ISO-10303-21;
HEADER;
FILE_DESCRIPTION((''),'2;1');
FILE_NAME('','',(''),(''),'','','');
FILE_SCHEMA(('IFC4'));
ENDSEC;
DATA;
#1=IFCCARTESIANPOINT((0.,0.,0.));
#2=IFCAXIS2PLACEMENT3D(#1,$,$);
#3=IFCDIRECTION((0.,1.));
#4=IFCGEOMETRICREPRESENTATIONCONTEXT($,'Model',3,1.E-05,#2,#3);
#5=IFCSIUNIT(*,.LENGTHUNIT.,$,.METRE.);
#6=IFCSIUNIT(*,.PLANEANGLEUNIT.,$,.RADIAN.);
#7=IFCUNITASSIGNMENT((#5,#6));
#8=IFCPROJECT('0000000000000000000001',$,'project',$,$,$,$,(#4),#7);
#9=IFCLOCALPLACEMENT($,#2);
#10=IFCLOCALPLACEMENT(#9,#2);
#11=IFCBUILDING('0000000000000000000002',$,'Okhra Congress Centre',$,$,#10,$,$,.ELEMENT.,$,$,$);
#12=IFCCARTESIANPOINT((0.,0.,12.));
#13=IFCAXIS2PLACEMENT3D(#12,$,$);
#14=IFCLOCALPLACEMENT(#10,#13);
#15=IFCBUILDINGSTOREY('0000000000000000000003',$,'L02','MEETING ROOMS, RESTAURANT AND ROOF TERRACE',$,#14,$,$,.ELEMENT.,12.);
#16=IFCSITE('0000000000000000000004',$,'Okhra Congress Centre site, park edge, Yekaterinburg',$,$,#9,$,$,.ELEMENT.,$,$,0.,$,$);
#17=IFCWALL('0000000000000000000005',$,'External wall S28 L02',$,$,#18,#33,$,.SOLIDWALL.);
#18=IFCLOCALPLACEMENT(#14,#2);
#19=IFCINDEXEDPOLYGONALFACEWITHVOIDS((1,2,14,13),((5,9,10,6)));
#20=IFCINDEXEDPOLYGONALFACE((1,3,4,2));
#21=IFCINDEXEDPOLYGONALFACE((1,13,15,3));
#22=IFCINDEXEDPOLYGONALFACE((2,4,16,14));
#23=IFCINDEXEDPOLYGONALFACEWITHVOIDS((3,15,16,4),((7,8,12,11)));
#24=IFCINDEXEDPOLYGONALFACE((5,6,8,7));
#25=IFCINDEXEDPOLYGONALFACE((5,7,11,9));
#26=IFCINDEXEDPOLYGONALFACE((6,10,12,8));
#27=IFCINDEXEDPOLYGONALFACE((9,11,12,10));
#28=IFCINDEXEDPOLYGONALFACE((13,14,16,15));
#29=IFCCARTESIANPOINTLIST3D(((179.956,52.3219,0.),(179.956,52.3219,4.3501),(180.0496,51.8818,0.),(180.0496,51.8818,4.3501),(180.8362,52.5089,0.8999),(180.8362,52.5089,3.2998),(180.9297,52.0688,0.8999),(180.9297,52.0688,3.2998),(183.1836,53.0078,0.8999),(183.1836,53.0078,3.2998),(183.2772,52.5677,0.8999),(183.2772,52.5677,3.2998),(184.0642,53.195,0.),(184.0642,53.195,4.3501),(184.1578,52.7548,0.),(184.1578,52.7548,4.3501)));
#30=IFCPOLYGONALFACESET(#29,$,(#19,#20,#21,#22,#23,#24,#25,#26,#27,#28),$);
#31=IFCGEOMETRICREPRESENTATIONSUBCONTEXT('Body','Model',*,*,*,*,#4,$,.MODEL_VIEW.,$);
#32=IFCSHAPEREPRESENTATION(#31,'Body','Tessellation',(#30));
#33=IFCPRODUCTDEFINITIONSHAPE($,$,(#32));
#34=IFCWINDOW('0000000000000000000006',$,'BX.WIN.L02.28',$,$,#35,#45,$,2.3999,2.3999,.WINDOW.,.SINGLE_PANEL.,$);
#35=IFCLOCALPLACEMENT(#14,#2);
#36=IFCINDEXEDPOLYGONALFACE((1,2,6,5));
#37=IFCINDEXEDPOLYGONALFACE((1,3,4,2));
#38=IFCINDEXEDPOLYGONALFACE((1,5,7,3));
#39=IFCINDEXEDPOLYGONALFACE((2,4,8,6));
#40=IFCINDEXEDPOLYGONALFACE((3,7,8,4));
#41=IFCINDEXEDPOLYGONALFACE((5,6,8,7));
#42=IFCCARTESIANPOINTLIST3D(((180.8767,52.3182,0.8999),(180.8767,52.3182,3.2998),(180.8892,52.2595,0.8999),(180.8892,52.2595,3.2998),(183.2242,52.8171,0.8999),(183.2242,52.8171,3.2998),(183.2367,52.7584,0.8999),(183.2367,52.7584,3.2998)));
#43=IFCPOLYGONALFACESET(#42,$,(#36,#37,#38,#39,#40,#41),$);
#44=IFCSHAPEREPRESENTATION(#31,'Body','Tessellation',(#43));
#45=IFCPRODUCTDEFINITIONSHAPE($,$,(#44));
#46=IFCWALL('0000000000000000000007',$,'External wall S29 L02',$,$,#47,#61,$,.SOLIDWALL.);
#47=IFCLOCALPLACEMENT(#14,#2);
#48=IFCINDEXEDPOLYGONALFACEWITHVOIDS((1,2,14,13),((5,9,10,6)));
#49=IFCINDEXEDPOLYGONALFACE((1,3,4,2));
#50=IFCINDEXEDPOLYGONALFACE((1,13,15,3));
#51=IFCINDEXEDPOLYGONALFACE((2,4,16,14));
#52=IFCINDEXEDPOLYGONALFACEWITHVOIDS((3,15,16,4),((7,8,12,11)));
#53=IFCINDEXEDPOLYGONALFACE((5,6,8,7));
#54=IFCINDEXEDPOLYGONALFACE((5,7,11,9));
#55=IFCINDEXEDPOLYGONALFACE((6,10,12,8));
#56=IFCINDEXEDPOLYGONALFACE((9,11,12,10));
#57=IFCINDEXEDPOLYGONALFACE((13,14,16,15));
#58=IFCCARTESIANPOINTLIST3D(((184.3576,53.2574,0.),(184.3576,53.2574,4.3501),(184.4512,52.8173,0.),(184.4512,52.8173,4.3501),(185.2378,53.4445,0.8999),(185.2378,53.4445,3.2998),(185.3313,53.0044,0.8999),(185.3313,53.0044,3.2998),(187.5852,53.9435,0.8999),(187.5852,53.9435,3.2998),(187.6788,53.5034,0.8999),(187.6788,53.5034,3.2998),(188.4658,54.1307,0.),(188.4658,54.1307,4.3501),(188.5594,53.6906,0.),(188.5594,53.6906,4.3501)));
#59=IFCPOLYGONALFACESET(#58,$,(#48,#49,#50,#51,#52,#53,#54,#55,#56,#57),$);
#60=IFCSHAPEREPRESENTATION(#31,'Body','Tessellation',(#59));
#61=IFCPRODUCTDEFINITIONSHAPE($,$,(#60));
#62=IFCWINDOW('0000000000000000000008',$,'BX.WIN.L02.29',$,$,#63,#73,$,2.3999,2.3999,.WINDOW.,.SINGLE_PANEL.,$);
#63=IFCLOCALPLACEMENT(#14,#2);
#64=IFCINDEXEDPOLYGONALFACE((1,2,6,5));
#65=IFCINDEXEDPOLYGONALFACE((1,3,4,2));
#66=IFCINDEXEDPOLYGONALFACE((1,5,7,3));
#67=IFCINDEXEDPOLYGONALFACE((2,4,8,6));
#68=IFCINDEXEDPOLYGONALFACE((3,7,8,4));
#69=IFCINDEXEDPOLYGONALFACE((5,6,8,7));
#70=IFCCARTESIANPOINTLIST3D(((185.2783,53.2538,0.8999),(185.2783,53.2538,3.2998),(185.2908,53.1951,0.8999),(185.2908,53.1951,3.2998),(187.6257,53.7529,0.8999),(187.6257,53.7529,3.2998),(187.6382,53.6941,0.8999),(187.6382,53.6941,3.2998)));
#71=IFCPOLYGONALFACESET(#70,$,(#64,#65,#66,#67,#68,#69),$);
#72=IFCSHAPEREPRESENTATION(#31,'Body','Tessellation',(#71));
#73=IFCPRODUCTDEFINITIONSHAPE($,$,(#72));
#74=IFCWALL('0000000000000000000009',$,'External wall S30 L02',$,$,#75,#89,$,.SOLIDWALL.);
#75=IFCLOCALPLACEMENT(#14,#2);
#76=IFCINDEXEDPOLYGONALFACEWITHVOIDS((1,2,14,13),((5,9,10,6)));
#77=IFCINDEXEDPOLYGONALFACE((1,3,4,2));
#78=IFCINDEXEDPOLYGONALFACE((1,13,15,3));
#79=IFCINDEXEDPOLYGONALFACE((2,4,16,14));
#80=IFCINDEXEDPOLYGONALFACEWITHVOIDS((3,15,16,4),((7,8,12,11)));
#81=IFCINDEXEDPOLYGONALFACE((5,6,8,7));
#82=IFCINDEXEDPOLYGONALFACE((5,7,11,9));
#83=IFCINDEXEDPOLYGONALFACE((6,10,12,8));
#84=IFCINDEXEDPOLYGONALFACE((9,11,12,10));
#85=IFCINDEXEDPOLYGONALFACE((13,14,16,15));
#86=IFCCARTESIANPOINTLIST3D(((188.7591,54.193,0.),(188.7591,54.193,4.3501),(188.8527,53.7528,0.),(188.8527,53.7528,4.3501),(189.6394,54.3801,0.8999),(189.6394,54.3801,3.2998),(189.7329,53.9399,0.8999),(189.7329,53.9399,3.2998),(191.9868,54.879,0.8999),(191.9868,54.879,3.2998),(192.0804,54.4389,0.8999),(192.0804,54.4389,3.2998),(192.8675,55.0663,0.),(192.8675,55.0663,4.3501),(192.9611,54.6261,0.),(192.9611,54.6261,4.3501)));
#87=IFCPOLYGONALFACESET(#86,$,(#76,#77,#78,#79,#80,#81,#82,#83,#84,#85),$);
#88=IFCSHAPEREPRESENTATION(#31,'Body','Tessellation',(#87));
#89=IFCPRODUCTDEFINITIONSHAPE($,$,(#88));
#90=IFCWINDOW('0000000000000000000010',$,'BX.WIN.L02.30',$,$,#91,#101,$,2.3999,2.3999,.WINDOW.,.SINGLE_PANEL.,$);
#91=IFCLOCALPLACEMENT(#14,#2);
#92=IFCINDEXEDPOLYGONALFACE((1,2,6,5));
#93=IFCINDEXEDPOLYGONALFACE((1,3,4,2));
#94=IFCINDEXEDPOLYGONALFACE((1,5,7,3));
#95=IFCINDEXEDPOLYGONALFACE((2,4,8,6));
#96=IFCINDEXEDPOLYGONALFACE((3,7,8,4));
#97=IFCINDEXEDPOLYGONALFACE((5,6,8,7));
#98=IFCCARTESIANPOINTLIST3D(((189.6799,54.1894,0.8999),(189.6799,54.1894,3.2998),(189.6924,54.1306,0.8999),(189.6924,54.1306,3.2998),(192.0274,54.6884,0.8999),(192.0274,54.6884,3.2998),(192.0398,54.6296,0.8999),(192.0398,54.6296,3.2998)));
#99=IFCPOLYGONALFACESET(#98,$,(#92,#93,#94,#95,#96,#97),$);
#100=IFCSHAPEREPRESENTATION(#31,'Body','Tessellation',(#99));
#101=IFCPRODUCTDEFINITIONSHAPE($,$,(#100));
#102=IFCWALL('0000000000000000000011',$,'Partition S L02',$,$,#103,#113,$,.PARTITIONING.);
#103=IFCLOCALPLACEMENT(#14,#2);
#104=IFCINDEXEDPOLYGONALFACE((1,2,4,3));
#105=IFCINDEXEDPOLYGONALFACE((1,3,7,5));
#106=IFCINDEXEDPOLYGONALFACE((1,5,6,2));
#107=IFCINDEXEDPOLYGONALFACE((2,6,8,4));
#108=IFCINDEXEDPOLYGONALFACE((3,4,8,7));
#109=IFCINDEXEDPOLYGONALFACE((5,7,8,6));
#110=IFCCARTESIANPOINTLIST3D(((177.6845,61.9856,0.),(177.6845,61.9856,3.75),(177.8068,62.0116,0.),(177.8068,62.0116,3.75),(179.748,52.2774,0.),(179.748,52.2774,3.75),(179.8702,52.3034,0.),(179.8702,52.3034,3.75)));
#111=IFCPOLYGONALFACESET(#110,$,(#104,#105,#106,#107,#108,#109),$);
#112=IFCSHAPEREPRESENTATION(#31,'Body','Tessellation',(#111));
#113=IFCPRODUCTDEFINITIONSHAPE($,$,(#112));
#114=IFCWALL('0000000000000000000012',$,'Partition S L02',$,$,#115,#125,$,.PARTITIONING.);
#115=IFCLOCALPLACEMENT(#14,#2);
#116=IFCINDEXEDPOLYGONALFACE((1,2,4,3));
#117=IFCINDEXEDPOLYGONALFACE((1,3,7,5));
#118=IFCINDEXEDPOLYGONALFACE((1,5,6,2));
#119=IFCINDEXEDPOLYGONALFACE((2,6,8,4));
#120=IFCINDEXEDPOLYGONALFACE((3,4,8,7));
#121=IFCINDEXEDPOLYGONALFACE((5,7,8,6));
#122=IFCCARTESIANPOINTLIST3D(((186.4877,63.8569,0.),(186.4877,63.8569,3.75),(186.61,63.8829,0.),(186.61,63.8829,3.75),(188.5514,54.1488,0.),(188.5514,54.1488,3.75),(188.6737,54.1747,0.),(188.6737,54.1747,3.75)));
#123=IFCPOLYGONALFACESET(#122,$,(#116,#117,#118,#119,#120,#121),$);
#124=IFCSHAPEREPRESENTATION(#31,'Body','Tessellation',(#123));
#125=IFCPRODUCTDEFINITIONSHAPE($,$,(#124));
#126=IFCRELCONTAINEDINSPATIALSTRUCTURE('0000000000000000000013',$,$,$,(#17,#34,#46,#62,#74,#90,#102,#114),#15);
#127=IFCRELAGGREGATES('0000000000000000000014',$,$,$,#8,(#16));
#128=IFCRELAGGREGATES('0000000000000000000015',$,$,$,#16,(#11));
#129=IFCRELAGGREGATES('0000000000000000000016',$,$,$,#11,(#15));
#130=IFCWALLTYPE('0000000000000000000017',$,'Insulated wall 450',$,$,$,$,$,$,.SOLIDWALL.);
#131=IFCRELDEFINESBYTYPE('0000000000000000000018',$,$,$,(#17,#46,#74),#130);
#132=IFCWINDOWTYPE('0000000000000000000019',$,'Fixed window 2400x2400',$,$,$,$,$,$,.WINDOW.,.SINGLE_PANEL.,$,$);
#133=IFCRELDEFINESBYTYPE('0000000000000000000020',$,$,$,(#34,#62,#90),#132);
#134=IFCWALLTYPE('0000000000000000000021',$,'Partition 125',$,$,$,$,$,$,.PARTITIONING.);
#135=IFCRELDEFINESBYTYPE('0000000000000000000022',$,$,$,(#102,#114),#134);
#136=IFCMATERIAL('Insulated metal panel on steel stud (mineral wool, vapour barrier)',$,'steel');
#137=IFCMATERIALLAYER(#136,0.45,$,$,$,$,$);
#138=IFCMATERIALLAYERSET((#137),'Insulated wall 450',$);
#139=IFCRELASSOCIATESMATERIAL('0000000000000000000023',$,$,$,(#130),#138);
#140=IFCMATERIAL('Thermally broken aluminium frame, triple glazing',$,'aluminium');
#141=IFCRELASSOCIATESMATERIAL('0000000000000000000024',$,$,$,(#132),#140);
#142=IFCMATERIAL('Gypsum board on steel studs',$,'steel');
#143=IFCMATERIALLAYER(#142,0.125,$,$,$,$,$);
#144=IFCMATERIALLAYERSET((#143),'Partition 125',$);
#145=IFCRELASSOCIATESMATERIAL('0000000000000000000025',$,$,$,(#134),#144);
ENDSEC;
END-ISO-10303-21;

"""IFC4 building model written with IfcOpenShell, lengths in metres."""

from ifc_helpers import new_model, si_unit, direction, frame, frame_2d, origin, place, context, subcontext, project, spatial, rectangle, extrude, material, layer, layer_set, type_object, element, fill, save


model = new_model("IFC4")

# Units and contexts
model_context = context("Model", 3, precision=1e-05, world=origin(), true_north=direction((0.0, 1.0)))
body_context = subcontext(model_context, "Body", "Model", "MODEL_VIEW")
ifc_project = project(units=[si_unit("LENGTHUNIT", "METRE"), si_unit("PLANEANGLEUNIT", "RADIAN")], contexts=[model_context])

# Site, building, storey
site_placement = place(None, origin())
site = spatial("IfcSite", under=ifc_project, at=site_placement, Name="Okhra Congress Centre site, park edge, Yekaterinburg", CompositionType="ELEMENT", RefElevation=0.0)
building_placement = place(site_placement, origin())
building = spatial("IfcBuilding", under=site, at=building_placement, Name="Okhra Congress Centre", CompositionType="ELEMENT")
storey_placement = place(building_placement, frame((0.0, 0.0, 12.0)))
storey = spatial("IfcBuildingStorey", under=building, at=storey_placement, Name="L02", Description="MEETING ROOMS, RESTAURANT AND ROOF TERRACE", CompositionType="ELEMENT", Elevation=12.0)

# Walls, openings, windows
ifc_material_1 = material(Name="Insulated metal panel on steel stud (mineral wool, vapour barrier)", Category="steel")
ifc_layer_1 = layer(ifc_material_1, 0.45)
ifc_layer_set_1 = layer_set([ifc_layer_1], Name="Insulated wall 450")
wall_type_1 = type_object("IfcWallType", Name="Insulated wall 450", PredefinedType="SOLIDWALL", material=ifc_layer_set_1)
ifc_material_2 = material(Name="Thermally broken aluminium frame, triple glazing", Category="aluminium")
wall_1_placement = place(storey_placement, frame((180.0027, 52.1018, 0.0), z_axis=(0.0, 0.0, 1.0), x_axis=(0.978156, 0.207873, 0.0)))
wall_1 = element("IfcWall", 1, at=wall_1_placement, inside=storey, type_object=wall_type_1, Name="External wall S28 L02", PredefinedType="SOLIDWALL", context=body_context, shape_type="SweptSolid", body=[
    extrude(rectangle(XDim=4.2, YDim=0.45, at=frame_2d((2.1001, 0.0))), origin(), (0.0, 0.0, 1.0), 4.3501),
])
opening_1_placement = place(wall_1_placement, frame((0.8999, 0.0, 0.8999)))
opening_1 = element("IfcOpeningElement", 2, at=opening_1_placement, cuts=wall_1, PredefinedType="OPENING", context=body_context, shape_type="SweptSolid", body=[
    extrude(rectangle(XDim=2.3999, YDim=2.3999, at=frame_2d((1.2, 1.2))), frame((0.0, 0.2349, 0.0), z_axis=(0.0, -1.0, 0.0), x_axis=(1.0, 0.0, 0.0)), (0.0, 0.0, 1.0), 0.47),
])
window_type_1 = type_object("IfcWindowType", Name="Fixed window 2400x2400", PartitioningType="SINGLE_PANEL", PredefinedType="WINDOW", material=ifc_material_2)
window_1_placement = place(opening_1_placement, origin())
window_1 = element("IfcWindow", 3, at=window_1_placement, inside=storey, type_object=window_type_1, Name="BX.WIN.L02.28", OverallHeight=2.3999, OverallWidth=2.3999, PartitioningType="SINGLE_PANEL", PredefinedType="WINDOW", context=body_context, shape_type="SweptSolid", body=[
    extrude(rectangle(XDim=2.3999, YDim=2.3999, at=frame_2d((1.2, 1.2))), frame((0.0, 0.03, 0.0), z_axis=(0.0, -1.0, 0.0), x_axis=(1.0, 0.0, 0.0)), (0.0, 0.0, 1.0), 0.0601),
])
fill(opening_1, window_1)
wall_2_placement = place(storey_placement, frame((184.4043, 53.0374, 0.0), z_axis=(0.0, 0.0, 1.0), x_axis=(0.978144, 0.207929, 0.0)))
wall_2 = element("IfcWall", 4, at=wall_2_placement, inside=storey, type_object=wall_type_1, Name="External wall S29 L02", PredefinedType="SOLIDWALL", context=body_context, shape_type="SweptSolid", body=[
    extrude(rectangle(XDim=4.2, YDim=0.45, at=frame_2d((2.1001, 0.0))), origin(), (0.0, 0.0, 1.0), 4.3501),
])
opening_2_placement = place(wall_2_placement, frame((0.8999, 0.0, 0.8999)))
opening_2 = element("IfcOpeningElement", 5, at=opening_2_placement, cuts=wall_2, PredefinedType="OPENING", context=body_context, shape_type="SweptSolid", body=[
    extrude(rectangle(XDim=2.3999, YDim=2.3999, at=frame_2d((1.2, 1.2))), frame((0.0, 0.2349, 0.0), z_axis=(0.0, -1.0, 0.0), x_axis=(1.0, 0.0, 0.0)), (0.0, 0.0, 1.0), 0.47),
])
window_2_placement = place(opening_2_placement, origin())
window_2 = element("IfcWindow", 6, at=window_2_placement, inside=storey, type_object=window_type_1, Name="BX.WIN.L02.29", OverallHeight=2.3999, OverallWidth=2.3999, PartitioningType="SINGLE_PANEL", PredefinedType="WINDOW", context=body_context, shape_type="SweptSolid", body=[
    extrude(rectangle(XDim=2.3999, YDim=2.3999, at=frame_2d((1.2, 1.2))), frame((0.0, 0.03, 0.0), z_axis=(0.0, -1.0, 0.0), x_axis=(1.0, 0.0, 0.0)), (0.0, 0.0, 1.0), 0.0601),
])
fill(opening_2, window_2)
wall_3_placement = place(storey_placement, frame((188.8059, 53.9729, 0.0), z_axis=(0.0, 0.0, 1.0), x_axis=(0.978146, 0.207917, 0.0)))
wall_3 = element("IfcWall", 7, at=wall_3_placement, inside=storey, type_object=wall_type_1, Name="External wall S30 L02", PredefinedType="SOLIDWALL", context=body_context, shape_type="SweptSolid", body=[
    extrude(rectangle(XDim=4.2002, YDim=0.45, at=frame_2d((2.1001, 0.0))), origin(), (0.0, 0.0, 1.0), 4.3501),
])
opening_3_placement = place(wall_3_placement, frame((0.8999, 0.0, 0.8999)))
opening_3 = element("IfcOpeningElement", 8, at=opening_3_placement, cuts=wall_3, PredefinedType="OPENING", context=body_context, shape_type="SweptSolid", body=[
    extrude(rectangle(XDim=2.3999, YDim=2.3999, at=frame_2d((1.2, 1.2))), frame((0.0, 0.2349, 0.0), z_axis=(0.0, -1.0, 0.0), x_axis=(1.0, 0.0, 0.0)), (0.0, 0.0, 1.0), 0.47),
])
window_3_placement = place(opening_3_placement, origin())
window_3 = element("IfcWindow", 9, at=window_3_placement, inside=storey, type_object=window_type_1, Name="BX.WIN.L02.30", OverallHeight=2.3999, OverallWidth=2.3999, PartitioningType="SINGLE_PANEL", PredefinedType="WINDOW", context=body_context, shape_type="SweptSolid", body=[
    extrude(rectangle(XDim=2.3999, YDim=2.3999, at=frame_2d((1.2, 1.2))), frame((0.0, 0.03, 0.0), z_axis=(0.0, -1.0, 0.0), x_axis=(1.0, 0.0, 0.0)), (0.0, 0.0, 1.0), 0.0601),
])
fill(opening_3, window_3)

# Walls
ifc_material_3 = material(Name="Gypsum board on steel studs", Category="steel")
ifc_layer_2 = layer(ifc_material_3, 0.125)
ifc_layer_set_2 = layer_set([ifc_layer_2], Name="Partition 125")
wall_type_2 = type_object("IfcWallType", Name="Partition 125", PredefinedType="PARTITIONING", material=ifc_layer_set_2)
for number, where, z_axis, x_axis, name in (
    (10, (179.8091, 52.2905, 0.0), (0.0, 0.0, 1.0), (-0.207904, 0.978149, 0.0), "Partition S L02"),
    (11, (188.6125, 54.1619, 0.0), (0.0, 0.0, 1.0), (-0.207933, 0.978143, 0.0), "Partition S L02"),
):
    element("IfcWall", number, at=place(storey_placement, frame(where, z_axis=z_axis, x_axis=x_axis)), inside=storey, type_object=wall_type_2, Name=name, PredefinedType="PARTITIONING", context=body_context, shape_type="SweptSolid", body=[
        extrude(rectangle(XDim=9.925, YDim=0.125, at=frame_2d((4.9624, 0.0))), origin(), (0.0, 0.0, 1.0), 3.75),
    ])

save(model, "model.ifc")
